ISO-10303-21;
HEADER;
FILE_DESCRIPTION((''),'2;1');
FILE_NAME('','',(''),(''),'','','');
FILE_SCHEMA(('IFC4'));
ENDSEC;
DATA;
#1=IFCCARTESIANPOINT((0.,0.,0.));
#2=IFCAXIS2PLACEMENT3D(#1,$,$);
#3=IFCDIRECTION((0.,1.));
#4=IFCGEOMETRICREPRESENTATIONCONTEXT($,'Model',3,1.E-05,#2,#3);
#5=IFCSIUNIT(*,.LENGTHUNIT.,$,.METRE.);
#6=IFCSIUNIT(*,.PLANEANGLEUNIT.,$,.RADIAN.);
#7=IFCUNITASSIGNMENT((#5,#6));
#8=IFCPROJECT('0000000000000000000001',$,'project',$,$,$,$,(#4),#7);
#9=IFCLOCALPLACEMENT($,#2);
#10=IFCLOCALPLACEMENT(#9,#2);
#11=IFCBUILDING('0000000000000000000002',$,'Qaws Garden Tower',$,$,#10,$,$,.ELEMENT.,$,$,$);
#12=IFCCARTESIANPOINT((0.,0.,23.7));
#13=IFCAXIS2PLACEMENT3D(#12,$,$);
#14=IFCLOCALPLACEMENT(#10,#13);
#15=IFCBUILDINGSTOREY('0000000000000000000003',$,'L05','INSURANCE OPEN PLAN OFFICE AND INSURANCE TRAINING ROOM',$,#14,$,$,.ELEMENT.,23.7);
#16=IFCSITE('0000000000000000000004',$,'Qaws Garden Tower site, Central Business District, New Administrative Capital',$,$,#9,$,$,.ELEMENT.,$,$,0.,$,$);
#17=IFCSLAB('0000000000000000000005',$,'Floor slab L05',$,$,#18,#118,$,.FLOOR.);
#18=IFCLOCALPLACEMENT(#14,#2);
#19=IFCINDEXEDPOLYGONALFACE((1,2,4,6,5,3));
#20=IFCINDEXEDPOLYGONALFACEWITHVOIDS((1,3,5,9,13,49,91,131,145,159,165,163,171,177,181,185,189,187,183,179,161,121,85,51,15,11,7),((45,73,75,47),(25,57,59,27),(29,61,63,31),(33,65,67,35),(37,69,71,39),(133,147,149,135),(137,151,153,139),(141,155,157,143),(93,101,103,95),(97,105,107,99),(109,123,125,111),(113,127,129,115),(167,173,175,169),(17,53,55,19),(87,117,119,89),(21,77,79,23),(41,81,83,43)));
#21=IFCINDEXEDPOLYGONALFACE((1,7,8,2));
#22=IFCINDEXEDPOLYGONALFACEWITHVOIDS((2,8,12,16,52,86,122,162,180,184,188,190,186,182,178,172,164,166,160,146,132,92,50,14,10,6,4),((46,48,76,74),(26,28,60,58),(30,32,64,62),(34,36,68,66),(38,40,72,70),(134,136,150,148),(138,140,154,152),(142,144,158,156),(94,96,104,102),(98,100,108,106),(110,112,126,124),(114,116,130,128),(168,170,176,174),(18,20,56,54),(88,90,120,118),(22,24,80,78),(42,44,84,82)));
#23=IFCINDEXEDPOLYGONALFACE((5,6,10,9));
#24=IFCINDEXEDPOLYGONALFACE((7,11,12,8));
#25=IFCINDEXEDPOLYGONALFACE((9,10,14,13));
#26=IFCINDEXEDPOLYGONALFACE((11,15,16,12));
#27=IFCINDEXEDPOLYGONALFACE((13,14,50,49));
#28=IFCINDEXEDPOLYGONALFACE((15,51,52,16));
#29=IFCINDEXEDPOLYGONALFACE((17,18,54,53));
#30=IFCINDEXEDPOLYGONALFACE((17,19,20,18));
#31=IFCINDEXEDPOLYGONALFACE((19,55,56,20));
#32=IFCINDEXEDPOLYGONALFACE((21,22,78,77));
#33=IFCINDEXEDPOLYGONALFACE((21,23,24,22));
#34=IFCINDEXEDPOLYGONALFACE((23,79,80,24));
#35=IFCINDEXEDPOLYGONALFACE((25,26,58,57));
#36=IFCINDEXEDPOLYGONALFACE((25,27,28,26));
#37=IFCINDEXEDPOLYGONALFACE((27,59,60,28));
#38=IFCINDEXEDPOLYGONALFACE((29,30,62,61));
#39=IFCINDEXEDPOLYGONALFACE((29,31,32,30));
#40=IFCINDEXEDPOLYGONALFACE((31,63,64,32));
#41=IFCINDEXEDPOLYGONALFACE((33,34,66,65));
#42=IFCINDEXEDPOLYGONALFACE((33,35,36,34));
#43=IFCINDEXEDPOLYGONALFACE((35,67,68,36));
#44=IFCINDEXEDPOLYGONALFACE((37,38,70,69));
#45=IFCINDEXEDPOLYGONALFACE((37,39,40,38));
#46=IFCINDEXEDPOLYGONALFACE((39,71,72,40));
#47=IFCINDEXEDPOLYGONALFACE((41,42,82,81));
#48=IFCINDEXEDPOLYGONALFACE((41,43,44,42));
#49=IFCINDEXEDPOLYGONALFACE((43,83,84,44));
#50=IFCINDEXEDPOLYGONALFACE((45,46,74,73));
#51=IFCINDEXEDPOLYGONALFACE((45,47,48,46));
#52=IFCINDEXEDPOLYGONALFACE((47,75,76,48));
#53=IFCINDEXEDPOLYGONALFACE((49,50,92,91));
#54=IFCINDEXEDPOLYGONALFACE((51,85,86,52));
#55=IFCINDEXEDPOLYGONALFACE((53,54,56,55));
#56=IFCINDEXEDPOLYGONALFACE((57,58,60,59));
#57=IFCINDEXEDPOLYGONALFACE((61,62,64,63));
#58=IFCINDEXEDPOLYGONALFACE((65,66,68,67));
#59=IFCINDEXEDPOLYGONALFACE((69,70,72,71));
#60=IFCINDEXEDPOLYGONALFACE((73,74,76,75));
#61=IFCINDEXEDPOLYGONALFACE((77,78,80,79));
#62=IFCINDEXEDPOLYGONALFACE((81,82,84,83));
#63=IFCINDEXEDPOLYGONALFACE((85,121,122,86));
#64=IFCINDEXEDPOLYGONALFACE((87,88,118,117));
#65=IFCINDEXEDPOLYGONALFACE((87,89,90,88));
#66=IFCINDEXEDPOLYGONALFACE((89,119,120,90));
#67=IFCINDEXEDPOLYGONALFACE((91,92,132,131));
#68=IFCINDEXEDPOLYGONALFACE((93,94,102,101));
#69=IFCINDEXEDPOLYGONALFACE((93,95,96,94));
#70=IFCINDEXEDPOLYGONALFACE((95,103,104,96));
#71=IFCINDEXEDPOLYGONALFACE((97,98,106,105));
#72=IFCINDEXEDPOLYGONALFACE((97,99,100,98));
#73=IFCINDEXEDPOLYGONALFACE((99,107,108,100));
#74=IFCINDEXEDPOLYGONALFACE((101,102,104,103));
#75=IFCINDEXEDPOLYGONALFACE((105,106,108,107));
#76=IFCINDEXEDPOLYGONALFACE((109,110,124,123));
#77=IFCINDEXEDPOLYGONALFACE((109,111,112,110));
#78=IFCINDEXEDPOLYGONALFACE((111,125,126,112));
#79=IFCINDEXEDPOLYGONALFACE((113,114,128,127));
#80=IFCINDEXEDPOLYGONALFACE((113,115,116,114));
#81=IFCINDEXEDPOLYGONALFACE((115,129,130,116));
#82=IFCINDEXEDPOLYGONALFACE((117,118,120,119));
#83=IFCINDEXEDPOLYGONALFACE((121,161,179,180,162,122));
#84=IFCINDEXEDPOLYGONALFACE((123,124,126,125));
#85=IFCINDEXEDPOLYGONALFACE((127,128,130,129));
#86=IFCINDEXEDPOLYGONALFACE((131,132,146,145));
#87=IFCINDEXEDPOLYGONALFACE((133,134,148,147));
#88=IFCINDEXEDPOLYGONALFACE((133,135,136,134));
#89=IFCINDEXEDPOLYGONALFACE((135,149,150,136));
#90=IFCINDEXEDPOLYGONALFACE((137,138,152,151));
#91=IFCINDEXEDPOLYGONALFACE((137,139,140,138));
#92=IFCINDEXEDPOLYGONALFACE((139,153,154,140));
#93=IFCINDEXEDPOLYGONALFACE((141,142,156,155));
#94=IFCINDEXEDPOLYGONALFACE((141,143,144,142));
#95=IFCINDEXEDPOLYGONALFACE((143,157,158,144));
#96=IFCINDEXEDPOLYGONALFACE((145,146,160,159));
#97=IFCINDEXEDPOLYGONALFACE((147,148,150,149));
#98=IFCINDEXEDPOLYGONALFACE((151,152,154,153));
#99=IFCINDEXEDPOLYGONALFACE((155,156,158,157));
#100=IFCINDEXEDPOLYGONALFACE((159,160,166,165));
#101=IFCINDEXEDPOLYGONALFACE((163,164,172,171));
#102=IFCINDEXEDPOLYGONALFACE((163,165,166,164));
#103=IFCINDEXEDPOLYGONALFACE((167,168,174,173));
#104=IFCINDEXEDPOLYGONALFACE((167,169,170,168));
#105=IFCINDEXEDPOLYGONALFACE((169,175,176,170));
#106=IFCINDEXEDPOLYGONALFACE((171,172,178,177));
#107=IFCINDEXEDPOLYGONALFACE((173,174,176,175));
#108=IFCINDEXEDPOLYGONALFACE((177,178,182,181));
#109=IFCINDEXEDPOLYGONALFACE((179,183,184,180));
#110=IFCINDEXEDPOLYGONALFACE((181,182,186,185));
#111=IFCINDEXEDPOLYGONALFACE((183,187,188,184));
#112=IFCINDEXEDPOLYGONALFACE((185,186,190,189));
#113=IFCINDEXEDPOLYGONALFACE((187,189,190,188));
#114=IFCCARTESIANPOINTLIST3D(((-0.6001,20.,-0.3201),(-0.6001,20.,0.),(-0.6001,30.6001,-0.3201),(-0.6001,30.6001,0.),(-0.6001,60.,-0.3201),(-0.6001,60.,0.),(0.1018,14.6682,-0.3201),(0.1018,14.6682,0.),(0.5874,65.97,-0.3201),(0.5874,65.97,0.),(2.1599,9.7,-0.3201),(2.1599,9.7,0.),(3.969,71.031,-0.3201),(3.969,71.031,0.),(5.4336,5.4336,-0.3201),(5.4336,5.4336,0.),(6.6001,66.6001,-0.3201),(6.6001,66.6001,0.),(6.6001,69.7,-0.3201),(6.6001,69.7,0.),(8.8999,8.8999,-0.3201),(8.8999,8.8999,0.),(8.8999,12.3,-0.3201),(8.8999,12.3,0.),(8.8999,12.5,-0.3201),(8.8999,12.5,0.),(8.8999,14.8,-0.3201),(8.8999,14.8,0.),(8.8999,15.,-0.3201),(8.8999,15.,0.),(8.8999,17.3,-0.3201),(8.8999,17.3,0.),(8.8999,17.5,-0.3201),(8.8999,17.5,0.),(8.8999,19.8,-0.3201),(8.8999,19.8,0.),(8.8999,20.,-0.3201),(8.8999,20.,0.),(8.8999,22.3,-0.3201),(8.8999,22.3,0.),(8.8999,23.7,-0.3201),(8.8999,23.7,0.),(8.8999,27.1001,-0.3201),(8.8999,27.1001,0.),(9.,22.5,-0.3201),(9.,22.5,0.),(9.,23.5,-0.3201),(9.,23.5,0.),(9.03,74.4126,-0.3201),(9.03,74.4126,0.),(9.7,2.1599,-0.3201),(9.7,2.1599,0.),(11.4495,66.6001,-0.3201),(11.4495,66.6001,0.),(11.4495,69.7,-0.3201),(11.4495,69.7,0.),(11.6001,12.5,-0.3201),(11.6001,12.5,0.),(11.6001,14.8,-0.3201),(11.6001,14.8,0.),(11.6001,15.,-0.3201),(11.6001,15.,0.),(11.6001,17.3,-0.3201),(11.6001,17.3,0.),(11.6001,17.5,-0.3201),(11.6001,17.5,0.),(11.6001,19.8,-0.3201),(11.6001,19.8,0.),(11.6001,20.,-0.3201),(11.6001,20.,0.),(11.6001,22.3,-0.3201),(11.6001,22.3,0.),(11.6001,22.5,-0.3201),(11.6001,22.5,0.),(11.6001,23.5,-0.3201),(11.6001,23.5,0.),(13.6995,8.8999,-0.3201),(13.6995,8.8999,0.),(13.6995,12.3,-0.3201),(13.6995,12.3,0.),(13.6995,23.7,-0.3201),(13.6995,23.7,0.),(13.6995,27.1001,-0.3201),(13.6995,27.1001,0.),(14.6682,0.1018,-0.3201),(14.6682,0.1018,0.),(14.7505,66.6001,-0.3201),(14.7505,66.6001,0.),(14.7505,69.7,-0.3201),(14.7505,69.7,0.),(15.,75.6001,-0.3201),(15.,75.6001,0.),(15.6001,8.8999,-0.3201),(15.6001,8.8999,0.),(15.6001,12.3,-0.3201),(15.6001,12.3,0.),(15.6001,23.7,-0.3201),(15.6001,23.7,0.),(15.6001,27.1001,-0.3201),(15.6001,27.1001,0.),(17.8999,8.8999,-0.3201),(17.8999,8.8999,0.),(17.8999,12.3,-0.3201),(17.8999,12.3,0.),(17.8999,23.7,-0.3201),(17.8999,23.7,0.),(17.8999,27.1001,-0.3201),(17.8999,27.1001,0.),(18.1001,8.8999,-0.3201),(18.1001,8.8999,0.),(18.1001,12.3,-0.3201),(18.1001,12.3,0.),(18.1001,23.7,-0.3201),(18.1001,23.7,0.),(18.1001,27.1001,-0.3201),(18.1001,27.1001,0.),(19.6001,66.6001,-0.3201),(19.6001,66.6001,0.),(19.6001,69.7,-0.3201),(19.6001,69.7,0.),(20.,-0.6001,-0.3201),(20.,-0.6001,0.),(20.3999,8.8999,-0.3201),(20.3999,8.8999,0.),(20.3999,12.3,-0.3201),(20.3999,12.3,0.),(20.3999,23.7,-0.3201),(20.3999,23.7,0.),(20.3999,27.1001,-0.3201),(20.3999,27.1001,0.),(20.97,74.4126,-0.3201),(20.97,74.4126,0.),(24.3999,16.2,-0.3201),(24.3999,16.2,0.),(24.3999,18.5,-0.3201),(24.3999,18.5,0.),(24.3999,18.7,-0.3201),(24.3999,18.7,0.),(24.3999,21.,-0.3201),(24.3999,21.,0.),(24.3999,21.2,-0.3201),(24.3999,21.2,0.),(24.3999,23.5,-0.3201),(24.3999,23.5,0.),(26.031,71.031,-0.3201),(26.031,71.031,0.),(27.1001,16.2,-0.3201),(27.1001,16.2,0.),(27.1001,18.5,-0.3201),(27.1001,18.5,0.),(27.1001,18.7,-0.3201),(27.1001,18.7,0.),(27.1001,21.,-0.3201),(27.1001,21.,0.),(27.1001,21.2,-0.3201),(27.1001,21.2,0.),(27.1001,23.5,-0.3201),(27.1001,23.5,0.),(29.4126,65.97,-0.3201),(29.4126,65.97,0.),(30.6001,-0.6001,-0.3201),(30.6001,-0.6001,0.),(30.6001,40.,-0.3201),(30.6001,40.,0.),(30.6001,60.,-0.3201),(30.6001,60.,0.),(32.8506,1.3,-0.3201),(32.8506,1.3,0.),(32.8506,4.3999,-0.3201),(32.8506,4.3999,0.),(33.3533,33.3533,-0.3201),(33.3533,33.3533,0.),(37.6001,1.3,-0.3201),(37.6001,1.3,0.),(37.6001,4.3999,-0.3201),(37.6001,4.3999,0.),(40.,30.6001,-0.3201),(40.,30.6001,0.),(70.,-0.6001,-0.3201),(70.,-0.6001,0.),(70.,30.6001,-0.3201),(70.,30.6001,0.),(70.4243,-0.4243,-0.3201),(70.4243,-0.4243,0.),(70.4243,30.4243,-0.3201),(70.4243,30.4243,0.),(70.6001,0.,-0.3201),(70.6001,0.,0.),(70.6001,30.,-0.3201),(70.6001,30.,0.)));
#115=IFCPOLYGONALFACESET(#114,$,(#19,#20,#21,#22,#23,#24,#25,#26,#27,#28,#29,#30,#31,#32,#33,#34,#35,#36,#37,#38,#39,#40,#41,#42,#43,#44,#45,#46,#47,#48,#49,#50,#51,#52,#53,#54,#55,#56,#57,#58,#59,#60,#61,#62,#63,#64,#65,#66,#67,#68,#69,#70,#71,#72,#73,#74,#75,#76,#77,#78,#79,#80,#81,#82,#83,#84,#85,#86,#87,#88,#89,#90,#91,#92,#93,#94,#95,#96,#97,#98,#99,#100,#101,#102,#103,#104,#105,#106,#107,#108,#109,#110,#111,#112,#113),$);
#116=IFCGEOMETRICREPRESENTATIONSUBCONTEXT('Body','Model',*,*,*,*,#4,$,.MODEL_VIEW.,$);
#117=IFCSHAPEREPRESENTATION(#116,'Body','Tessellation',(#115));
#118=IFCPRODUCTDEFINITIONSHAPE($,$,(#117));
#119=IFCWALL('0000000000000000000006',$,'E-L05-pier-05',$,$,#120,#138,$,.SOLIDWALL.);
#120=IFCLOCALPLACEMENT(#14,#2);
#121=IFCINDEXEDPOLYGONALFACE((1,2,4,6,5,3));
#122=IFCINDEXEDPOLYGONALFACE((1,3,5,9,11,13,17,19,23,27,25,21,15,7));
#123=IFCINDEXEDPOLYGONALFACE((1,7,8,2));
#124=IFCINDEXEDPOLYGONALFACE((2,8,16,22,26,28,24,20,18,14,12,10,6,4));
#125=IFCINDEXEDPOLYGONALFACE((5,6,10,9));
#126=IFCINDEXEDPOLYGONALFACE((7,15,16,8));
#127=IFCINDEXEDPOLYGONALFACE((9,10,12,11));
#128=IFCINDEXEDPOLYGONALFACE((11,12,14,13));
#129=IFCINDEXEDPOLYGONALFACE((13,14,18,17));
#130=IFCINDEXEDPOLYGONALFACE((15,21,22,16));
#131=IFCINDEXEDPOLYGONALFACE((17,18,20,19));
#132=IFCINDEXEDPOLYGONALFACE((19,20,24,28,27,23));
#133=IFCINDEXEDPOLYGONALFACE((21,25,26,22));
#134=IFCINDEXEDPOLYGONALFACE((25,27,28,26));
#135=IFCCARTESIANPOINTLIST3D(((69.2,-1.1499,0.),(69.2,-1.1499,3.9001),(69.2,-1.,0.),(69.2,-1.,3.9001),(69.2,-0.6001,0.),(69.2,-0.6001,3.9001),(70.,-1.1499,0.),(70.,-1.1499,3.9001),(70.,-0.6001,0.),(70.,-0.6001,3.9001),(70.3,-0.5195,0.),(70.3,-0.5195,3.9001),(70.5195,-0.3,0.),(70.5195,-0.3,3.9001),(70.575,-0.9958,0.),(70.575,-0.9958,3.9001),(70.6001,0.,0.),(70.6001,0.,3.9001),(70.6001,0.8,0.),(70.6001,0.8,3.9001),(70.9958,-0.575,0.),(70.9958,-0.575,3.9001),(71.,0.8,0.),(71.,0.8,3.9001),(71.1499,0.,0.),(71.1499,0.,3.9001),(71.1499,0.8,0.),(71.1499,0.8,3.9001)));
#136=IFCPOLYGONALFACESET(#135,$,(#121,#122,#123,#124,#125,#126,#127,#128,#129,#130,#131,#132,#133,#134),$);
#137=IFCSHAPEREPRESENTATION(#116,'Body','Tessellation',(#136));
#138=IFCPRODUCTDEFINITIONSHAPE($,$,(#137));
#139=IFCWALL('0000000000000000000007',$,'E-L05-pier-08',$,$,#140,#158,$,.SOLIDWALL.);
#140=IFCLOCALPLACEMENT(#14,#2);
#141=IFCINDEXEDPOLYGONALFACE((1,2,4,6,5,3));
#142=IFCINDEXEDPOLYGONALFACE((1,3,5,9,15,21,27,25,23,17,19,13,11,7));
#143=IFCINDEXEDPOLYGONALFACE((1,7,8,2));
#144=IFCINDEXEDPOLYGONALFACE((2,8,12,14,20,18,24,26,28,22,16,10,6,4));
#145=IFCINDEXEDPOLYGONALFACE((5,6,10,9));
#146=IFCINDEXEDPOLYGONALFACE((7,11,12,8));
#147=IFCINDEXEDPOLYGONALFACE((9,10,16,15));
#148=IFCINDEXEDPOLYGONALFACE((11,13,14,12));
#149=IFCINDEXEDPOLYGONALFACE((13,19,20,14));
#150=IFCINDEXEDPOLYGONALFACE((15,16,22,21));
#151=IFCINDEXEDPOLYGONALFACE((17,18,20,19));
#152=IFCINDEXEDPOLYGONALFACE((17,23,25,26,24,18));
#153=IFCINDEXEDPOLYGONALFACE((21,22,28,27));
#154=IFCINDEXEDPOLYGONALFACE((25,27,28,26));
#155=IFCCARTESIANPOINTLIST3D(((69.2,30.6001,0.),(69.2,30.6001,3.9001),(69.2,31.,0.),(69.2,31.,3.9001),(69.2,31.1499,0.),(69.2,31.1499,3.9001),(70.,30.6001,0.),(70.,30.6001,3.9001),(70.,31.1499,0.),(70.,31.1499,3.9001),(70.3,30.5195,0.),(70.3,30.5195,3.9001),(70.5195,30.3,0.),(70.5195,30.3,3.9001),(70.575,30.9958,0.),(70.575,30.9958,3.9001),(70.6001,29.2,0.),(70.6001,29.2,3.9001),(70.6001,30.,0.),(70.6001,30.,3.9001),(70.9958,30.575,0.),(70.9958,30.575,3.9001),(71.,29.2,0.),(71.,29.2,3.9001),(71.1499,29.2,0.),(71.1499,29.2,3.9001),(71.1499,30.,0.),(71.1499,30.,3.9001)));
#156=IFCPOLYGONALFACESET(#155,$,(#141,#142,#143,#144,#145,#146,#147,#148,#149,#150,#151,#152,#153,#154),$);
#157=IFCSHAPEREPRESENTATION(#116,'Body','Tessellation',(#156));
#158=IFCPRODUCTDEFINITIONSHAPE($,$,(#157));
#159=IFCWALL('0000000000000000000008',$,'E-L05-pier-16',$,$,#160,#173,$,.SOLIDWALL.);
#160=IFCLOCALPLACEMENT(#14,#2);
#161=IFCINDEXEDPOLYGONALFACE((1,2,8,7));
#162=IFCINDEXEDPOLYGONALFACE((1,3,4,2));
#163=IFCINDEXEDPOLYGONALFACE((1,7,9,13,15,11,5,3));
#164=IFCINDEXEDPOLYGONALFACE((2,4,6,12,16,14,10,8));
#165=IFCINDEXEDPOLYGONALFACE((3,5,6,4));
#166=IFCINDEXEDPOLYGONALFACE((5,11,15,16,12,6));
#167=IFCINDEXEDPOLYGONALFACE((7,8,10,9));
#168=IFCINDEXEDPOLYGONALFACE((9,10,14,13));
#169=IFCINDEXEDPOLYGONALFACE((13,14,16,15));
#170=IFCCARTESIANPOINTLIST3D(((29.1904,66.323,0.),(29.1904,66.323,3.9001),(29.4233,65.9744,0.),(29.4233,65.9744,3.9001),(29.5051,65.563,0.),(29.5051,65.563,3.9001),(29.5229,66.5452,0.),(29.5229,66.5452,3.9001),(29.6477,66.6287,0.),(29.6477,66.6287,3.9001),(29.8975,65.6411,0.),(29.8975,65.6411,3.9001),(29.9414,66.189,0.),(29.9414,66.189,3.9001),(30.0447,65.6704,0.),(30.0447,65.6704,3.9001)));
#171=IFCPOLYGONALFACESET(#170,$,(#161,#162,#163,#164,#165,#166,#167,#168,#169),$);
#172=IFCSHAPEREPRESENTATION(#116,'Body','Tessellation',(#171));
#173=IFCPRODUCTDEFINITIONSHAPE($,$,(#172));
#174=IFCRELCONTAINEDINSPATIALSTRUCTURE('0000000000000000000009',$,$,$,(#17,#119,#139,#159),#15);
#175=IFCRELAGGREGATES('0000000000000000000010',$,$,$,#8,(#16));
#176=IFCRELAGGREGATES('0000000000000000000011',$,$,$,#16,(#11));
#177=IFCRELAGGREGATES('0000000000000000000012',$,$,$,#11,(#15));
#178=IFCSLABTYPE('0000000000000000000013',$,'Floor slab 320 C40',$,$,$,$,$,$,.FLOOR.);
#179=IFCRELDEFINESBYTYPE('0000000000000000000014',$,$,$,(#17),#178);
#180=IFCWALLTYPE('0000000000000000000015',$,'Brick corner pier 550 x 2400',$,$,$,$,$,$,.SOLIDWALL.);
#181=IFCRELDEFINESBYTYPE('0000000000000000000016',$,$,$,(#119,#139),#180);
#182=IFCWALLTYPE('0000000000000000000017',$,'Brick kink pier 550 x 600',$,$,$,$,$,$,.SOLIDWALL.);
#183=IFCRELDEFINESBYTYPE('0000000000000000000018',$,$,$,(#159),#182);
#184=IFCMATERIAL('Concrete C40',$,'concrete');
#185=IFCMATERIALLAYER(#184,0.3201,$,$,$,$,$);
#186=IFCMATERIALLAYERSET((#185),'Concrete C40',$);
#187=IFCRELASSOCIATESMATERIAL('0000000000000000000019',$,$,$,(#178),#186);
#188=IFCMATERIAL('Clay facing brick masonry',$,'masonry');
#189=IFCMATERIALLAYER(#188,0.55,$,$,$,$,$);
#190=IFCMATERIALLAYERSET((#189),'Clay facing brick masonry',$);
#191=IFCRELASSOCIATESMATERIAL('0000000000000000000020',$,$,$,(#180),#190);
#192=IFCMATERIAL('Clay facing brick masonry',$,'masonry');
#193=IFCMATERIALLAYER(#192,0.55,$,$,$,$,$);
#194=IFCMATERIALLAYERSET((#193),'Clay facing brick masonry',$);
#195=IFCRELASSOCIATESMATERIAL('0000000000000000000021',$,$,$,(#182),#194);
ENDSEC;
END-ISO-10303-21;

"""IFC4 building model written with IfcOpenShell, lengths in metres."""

from ifc_helpers import new_model, si_unit, direction, frame, origin, place, context, subcontext, project, spatial, polyline, outline, extrude, material, layer, layer_set, type_object, element, save


model = new_model("IFC4")

# Units and contexts
model_context = context("Model", 3, precision=1e-05, world=origin(), true_north=direction((0.0, 1.0)))
body_context = subcontext(model_context, "Body", "Model", "MODEL_VIEW")
ifc_project = project(units=[si_unit("LENGTHUNIT", "METRE"), si_unit("PLANEANGLEUNIT", "RADIAN")], contexts=[model_context])

# Site, building, storey
site_placement = place(None, origin())
site = spatial("IfcSite", under=ifc_project, at=site_placement, Name="Qaws Garden Tower site, Central Business District, New Administrative Capital", CompositionType="ELEMENT", RefElevation=0.0)
building_placement = place(site_placement, origin())
building = spatial("IfcBuilding", under=site, at=building_placement, Name="Qaws Garden Tower", CompositionType="ELEMENT")
storey_placement = place(building_placement, frame((0.0, 0.0, 23.7)))
storey = spatial("IfcBuildingStorey", under=building, at=storey_placement, Name="L05", Description="INSURANCE OPEN PLAN OFFICE AND INSURANCE TRAINING ROOM", CompositionType="ELEMENT", Elevation=23.7)

# Slab
ifc_material_1 = material(Name="Concrete C40", Category="concrete")
ifc_layer_1 = layer(ifc_material_1, 0.3201)
ifc_layer_set_1 = layer_set([ifc_layer_1], Name="Concrete C40")
slab_type = type_object("IfcSlabType", Name="Floor slab 320 C40", PredefinedType="FLOOR", material=ifc_layer_set_1)
slab_placement = place(storey_placement, frame((0.0, 0.0, -0.3201)))
element("IfcSlab", 1, at=slab_placement, inside=storey, type_object=slab_type, Name="Floor slab L05", PredefinedType="FLOOR", context=body_context, shape_type="SweptSolid", body=[
    extrude(outline(polyline([(0.1018, 14.6682), (-0.6001, 20.0), (-0.6001, 30.6001), (-0.6001, 60.0), (-0.6001, 60.0), (0.5874, 65.97), (3.969, 71.031), (9.03, 74.4126), (15.0, 75.6001), (20.97, 74.4126), (26.031, 71.031), (29.4126, 65.97), (30.6001, 60.0), (30.6001, 40.0), (33.3533, 33.3533), (40.0, 30.6001), (70.0, 30.6001), (70.4243, 30.4243), (70.6001, 30.0), (70.6001, 0.0), (70.4243, -0.4243), (70.0, -0.6001), (30.6001, -0.6001), (20.0, -0.6001), (14.6682, 0.1018), (9.7, 2.1599), (5.4336, 5.4336), (2.1599, 9.7), (0.1018, 14.6682)]), holes=[polyline([(13.6995, 12.3), (8.8999, 12.3), (8.8999, 8.8999), (13.6995, 8.8999), (13.6995, 12.3)]), polyline([(17.8999, 12.3), (15.6001, 12.3), (15.6001, 8.8999), (17.8999, 8.8999), (17.8999, 12.3)]), polyline([(11.6001, 14.8), (8.8999, 14.8), (8.8999, 12.5), (11.6001, 12.5), (11.6001, 14.8)]), polyline([(11.6001, 17.3), (8.8999, 17.3), (8.8999, 15.0), (11.6001, 15.0), (11.6001, 17.3)]), polyline([(11.6001, 19.8), (8.8999, 19.8), (8.8999, 17.5), (11.6001, 17.5), (11.6001, 19.8)]), polyline([(11.6001, 22.3), (8.8999, 22.3), (8.8999, 20.0), (11.6001, 20.0), (11.6001, 22.3)]), polyline([(11.6001, 23.5), (9.0, 23.5), (9.0, 22.5), (11.6001, 22.5), (11.6001, 23.5)]), polyline([(13.6995, 27.1001), (8.8999, 27.1001), (8.8999, 23.7), (13.6995, 23.7), (13.6995, 27.1001)]), polyline([(11.4495, 69.7), (6.6001, 69.7), (6.6001, 66.6001), (11.4495, 66.6001), (11.4495, 69.7)]), polyline([(37.6001, 4.3999), (32.8506, 4.3999), (32.8506, 1.3), (37.6001, 1.3), (37.6001, 4.3999)]), polyline([(20.3999, 12.3), (18.1001, 12.3), (18.1001, 8.8999), (20.3999, 8.8999), (20.3999, 12.3)]), polyline([(27.1001, 18.5), (24.3999, 18.5), (24.3999, 16.2), (27.1001, 16.2), (27.1001, 18.5)]), polyline([(27.1001, 21.0), (24.3999, 21.0), (24.3999, 18.7), (27.1001, 18.7), (27.1001, 21.0)]), polyline([(27.1001, 23.5), (24.3999, 23.5), (24.3999, 21.2), (27.1001, 21.2), (27.1001, 23.5)]), polyline([(17.8999, 27.1001), (15.6001, 27.1001), (15.6001, 23.7), (17.8999, 23.7), (17.8999, 27.1001)]), polyline([(20.3999, 23.7), (20.3999, 27.1001), (18.1001, 27.1001), (18.1001, 23.7), (20.3999, 23.7)]), polyline([(19.6001, 66.6001), (19.6001, 69.7), (14.7505, 69.7), (14.7505, 66.6001), (19.6001, 66.6001)])]), origin(), (0.0, 0.0, 1.0), 0.3201),
])

# Walls
ifc_material_2 = material(Name="Clay facing brick masonry", Category="masonry")
ifc_layer_2 = layer(ifc_material_2, 0.55)
ifc_layer_set_2 = layer_set([ifc_layer_2], Name="Clay facing brick masonry")
wall_type_1 = type_object("IfcWallType", Name="Brick corner pier 550 x 2400", PredefinedType="SOLIDWALL", material=ifc_layer_set_2)
placement = place(storey_placement, origin())
element("IfcWall", 2, at=placement, inside=storey, type_object=wall_type_1, Name="E-L05-pier-05", PredefinedType="SOLIDWALL", context=body_context, shape_type="SweptSolid", body=[
    extrude(outline(polyline([(69.2, -1.0), (69.2, -1.1499), (70.0, -1.1499), (70.575, -0.9958), (70.9958, -0.575), (71.1499, 0.0), (71.1499, 0.8), (71.0, 0.8), (70.6001, 0.8), (70.6001, 0.0), (70.5195, -0.3), (70.3, -0.5195), (70.0, -0.6001), (69.2, -0.6001), (69.2, -1.0)])), origin(), (0.0, 0.0, 1.0), 3.9001),
])
element("IfcWall", 3, at=placement, inside=storey, type_object=wall_type_1, Name="E-L05-pier-08", PredefinedType="SOLIDWALL", context=body_context, shape_type="SweptSolid", body=[
    extrude(outline(polyline([(71.0, 29.2), (71.1499, 29.2), (71.1499, 30.0), (70.9958, 30.575), (70.575, 30.9958), (70.0, 31.1499), (69.2, 31.1499), (69.2, 31.0), (69.2, 30.6001), (70.0, 30.6001), (70.3, 30.5195), (70.5195, 30.3), (70.6001, 30.0), (70.6001, 29.2), (71.0, 29.2)])), origin(), (0.0, 0.0, 1.0), 3.9001),
])
ifc_material_3 = material(Name="Clay facing brick masonry", Category="masonry")
ifc_layer_3 = layer(ifc_material_3, 0.55)
ifc_layer_set_3 = layer_set([ifc_layer_3], Name="Clay facing brick masonry")
wall_type_2 = type_object("IfcWallType", Name="Brick kink pier 550 x 600", PredefinedType="SOLIDWALL", material=ifc_layer_set_3)
element("IfcWall", 4, at=placement, inside=storey, type_object=wall_type_2, Name="E-L05-pier-16", PredefinedType="SOLIDWALL", context=body_context, shape_type="SweptSolid", body=[
    extrude(outline(polyline([(29.8975, 65.6411), (30.0447, 65.6704), (29.9414, 66.189), (29.6477, 66.6287), (29.5229, 66.5452), (29.1904, 66.323), (29.4233, 65.9744), (29.5051, 65.563), (29.8975, 65.6411)])), origin(), (0.0, 0.0, 1.0), 3.9001),
])

save(model, "model.ifc")
